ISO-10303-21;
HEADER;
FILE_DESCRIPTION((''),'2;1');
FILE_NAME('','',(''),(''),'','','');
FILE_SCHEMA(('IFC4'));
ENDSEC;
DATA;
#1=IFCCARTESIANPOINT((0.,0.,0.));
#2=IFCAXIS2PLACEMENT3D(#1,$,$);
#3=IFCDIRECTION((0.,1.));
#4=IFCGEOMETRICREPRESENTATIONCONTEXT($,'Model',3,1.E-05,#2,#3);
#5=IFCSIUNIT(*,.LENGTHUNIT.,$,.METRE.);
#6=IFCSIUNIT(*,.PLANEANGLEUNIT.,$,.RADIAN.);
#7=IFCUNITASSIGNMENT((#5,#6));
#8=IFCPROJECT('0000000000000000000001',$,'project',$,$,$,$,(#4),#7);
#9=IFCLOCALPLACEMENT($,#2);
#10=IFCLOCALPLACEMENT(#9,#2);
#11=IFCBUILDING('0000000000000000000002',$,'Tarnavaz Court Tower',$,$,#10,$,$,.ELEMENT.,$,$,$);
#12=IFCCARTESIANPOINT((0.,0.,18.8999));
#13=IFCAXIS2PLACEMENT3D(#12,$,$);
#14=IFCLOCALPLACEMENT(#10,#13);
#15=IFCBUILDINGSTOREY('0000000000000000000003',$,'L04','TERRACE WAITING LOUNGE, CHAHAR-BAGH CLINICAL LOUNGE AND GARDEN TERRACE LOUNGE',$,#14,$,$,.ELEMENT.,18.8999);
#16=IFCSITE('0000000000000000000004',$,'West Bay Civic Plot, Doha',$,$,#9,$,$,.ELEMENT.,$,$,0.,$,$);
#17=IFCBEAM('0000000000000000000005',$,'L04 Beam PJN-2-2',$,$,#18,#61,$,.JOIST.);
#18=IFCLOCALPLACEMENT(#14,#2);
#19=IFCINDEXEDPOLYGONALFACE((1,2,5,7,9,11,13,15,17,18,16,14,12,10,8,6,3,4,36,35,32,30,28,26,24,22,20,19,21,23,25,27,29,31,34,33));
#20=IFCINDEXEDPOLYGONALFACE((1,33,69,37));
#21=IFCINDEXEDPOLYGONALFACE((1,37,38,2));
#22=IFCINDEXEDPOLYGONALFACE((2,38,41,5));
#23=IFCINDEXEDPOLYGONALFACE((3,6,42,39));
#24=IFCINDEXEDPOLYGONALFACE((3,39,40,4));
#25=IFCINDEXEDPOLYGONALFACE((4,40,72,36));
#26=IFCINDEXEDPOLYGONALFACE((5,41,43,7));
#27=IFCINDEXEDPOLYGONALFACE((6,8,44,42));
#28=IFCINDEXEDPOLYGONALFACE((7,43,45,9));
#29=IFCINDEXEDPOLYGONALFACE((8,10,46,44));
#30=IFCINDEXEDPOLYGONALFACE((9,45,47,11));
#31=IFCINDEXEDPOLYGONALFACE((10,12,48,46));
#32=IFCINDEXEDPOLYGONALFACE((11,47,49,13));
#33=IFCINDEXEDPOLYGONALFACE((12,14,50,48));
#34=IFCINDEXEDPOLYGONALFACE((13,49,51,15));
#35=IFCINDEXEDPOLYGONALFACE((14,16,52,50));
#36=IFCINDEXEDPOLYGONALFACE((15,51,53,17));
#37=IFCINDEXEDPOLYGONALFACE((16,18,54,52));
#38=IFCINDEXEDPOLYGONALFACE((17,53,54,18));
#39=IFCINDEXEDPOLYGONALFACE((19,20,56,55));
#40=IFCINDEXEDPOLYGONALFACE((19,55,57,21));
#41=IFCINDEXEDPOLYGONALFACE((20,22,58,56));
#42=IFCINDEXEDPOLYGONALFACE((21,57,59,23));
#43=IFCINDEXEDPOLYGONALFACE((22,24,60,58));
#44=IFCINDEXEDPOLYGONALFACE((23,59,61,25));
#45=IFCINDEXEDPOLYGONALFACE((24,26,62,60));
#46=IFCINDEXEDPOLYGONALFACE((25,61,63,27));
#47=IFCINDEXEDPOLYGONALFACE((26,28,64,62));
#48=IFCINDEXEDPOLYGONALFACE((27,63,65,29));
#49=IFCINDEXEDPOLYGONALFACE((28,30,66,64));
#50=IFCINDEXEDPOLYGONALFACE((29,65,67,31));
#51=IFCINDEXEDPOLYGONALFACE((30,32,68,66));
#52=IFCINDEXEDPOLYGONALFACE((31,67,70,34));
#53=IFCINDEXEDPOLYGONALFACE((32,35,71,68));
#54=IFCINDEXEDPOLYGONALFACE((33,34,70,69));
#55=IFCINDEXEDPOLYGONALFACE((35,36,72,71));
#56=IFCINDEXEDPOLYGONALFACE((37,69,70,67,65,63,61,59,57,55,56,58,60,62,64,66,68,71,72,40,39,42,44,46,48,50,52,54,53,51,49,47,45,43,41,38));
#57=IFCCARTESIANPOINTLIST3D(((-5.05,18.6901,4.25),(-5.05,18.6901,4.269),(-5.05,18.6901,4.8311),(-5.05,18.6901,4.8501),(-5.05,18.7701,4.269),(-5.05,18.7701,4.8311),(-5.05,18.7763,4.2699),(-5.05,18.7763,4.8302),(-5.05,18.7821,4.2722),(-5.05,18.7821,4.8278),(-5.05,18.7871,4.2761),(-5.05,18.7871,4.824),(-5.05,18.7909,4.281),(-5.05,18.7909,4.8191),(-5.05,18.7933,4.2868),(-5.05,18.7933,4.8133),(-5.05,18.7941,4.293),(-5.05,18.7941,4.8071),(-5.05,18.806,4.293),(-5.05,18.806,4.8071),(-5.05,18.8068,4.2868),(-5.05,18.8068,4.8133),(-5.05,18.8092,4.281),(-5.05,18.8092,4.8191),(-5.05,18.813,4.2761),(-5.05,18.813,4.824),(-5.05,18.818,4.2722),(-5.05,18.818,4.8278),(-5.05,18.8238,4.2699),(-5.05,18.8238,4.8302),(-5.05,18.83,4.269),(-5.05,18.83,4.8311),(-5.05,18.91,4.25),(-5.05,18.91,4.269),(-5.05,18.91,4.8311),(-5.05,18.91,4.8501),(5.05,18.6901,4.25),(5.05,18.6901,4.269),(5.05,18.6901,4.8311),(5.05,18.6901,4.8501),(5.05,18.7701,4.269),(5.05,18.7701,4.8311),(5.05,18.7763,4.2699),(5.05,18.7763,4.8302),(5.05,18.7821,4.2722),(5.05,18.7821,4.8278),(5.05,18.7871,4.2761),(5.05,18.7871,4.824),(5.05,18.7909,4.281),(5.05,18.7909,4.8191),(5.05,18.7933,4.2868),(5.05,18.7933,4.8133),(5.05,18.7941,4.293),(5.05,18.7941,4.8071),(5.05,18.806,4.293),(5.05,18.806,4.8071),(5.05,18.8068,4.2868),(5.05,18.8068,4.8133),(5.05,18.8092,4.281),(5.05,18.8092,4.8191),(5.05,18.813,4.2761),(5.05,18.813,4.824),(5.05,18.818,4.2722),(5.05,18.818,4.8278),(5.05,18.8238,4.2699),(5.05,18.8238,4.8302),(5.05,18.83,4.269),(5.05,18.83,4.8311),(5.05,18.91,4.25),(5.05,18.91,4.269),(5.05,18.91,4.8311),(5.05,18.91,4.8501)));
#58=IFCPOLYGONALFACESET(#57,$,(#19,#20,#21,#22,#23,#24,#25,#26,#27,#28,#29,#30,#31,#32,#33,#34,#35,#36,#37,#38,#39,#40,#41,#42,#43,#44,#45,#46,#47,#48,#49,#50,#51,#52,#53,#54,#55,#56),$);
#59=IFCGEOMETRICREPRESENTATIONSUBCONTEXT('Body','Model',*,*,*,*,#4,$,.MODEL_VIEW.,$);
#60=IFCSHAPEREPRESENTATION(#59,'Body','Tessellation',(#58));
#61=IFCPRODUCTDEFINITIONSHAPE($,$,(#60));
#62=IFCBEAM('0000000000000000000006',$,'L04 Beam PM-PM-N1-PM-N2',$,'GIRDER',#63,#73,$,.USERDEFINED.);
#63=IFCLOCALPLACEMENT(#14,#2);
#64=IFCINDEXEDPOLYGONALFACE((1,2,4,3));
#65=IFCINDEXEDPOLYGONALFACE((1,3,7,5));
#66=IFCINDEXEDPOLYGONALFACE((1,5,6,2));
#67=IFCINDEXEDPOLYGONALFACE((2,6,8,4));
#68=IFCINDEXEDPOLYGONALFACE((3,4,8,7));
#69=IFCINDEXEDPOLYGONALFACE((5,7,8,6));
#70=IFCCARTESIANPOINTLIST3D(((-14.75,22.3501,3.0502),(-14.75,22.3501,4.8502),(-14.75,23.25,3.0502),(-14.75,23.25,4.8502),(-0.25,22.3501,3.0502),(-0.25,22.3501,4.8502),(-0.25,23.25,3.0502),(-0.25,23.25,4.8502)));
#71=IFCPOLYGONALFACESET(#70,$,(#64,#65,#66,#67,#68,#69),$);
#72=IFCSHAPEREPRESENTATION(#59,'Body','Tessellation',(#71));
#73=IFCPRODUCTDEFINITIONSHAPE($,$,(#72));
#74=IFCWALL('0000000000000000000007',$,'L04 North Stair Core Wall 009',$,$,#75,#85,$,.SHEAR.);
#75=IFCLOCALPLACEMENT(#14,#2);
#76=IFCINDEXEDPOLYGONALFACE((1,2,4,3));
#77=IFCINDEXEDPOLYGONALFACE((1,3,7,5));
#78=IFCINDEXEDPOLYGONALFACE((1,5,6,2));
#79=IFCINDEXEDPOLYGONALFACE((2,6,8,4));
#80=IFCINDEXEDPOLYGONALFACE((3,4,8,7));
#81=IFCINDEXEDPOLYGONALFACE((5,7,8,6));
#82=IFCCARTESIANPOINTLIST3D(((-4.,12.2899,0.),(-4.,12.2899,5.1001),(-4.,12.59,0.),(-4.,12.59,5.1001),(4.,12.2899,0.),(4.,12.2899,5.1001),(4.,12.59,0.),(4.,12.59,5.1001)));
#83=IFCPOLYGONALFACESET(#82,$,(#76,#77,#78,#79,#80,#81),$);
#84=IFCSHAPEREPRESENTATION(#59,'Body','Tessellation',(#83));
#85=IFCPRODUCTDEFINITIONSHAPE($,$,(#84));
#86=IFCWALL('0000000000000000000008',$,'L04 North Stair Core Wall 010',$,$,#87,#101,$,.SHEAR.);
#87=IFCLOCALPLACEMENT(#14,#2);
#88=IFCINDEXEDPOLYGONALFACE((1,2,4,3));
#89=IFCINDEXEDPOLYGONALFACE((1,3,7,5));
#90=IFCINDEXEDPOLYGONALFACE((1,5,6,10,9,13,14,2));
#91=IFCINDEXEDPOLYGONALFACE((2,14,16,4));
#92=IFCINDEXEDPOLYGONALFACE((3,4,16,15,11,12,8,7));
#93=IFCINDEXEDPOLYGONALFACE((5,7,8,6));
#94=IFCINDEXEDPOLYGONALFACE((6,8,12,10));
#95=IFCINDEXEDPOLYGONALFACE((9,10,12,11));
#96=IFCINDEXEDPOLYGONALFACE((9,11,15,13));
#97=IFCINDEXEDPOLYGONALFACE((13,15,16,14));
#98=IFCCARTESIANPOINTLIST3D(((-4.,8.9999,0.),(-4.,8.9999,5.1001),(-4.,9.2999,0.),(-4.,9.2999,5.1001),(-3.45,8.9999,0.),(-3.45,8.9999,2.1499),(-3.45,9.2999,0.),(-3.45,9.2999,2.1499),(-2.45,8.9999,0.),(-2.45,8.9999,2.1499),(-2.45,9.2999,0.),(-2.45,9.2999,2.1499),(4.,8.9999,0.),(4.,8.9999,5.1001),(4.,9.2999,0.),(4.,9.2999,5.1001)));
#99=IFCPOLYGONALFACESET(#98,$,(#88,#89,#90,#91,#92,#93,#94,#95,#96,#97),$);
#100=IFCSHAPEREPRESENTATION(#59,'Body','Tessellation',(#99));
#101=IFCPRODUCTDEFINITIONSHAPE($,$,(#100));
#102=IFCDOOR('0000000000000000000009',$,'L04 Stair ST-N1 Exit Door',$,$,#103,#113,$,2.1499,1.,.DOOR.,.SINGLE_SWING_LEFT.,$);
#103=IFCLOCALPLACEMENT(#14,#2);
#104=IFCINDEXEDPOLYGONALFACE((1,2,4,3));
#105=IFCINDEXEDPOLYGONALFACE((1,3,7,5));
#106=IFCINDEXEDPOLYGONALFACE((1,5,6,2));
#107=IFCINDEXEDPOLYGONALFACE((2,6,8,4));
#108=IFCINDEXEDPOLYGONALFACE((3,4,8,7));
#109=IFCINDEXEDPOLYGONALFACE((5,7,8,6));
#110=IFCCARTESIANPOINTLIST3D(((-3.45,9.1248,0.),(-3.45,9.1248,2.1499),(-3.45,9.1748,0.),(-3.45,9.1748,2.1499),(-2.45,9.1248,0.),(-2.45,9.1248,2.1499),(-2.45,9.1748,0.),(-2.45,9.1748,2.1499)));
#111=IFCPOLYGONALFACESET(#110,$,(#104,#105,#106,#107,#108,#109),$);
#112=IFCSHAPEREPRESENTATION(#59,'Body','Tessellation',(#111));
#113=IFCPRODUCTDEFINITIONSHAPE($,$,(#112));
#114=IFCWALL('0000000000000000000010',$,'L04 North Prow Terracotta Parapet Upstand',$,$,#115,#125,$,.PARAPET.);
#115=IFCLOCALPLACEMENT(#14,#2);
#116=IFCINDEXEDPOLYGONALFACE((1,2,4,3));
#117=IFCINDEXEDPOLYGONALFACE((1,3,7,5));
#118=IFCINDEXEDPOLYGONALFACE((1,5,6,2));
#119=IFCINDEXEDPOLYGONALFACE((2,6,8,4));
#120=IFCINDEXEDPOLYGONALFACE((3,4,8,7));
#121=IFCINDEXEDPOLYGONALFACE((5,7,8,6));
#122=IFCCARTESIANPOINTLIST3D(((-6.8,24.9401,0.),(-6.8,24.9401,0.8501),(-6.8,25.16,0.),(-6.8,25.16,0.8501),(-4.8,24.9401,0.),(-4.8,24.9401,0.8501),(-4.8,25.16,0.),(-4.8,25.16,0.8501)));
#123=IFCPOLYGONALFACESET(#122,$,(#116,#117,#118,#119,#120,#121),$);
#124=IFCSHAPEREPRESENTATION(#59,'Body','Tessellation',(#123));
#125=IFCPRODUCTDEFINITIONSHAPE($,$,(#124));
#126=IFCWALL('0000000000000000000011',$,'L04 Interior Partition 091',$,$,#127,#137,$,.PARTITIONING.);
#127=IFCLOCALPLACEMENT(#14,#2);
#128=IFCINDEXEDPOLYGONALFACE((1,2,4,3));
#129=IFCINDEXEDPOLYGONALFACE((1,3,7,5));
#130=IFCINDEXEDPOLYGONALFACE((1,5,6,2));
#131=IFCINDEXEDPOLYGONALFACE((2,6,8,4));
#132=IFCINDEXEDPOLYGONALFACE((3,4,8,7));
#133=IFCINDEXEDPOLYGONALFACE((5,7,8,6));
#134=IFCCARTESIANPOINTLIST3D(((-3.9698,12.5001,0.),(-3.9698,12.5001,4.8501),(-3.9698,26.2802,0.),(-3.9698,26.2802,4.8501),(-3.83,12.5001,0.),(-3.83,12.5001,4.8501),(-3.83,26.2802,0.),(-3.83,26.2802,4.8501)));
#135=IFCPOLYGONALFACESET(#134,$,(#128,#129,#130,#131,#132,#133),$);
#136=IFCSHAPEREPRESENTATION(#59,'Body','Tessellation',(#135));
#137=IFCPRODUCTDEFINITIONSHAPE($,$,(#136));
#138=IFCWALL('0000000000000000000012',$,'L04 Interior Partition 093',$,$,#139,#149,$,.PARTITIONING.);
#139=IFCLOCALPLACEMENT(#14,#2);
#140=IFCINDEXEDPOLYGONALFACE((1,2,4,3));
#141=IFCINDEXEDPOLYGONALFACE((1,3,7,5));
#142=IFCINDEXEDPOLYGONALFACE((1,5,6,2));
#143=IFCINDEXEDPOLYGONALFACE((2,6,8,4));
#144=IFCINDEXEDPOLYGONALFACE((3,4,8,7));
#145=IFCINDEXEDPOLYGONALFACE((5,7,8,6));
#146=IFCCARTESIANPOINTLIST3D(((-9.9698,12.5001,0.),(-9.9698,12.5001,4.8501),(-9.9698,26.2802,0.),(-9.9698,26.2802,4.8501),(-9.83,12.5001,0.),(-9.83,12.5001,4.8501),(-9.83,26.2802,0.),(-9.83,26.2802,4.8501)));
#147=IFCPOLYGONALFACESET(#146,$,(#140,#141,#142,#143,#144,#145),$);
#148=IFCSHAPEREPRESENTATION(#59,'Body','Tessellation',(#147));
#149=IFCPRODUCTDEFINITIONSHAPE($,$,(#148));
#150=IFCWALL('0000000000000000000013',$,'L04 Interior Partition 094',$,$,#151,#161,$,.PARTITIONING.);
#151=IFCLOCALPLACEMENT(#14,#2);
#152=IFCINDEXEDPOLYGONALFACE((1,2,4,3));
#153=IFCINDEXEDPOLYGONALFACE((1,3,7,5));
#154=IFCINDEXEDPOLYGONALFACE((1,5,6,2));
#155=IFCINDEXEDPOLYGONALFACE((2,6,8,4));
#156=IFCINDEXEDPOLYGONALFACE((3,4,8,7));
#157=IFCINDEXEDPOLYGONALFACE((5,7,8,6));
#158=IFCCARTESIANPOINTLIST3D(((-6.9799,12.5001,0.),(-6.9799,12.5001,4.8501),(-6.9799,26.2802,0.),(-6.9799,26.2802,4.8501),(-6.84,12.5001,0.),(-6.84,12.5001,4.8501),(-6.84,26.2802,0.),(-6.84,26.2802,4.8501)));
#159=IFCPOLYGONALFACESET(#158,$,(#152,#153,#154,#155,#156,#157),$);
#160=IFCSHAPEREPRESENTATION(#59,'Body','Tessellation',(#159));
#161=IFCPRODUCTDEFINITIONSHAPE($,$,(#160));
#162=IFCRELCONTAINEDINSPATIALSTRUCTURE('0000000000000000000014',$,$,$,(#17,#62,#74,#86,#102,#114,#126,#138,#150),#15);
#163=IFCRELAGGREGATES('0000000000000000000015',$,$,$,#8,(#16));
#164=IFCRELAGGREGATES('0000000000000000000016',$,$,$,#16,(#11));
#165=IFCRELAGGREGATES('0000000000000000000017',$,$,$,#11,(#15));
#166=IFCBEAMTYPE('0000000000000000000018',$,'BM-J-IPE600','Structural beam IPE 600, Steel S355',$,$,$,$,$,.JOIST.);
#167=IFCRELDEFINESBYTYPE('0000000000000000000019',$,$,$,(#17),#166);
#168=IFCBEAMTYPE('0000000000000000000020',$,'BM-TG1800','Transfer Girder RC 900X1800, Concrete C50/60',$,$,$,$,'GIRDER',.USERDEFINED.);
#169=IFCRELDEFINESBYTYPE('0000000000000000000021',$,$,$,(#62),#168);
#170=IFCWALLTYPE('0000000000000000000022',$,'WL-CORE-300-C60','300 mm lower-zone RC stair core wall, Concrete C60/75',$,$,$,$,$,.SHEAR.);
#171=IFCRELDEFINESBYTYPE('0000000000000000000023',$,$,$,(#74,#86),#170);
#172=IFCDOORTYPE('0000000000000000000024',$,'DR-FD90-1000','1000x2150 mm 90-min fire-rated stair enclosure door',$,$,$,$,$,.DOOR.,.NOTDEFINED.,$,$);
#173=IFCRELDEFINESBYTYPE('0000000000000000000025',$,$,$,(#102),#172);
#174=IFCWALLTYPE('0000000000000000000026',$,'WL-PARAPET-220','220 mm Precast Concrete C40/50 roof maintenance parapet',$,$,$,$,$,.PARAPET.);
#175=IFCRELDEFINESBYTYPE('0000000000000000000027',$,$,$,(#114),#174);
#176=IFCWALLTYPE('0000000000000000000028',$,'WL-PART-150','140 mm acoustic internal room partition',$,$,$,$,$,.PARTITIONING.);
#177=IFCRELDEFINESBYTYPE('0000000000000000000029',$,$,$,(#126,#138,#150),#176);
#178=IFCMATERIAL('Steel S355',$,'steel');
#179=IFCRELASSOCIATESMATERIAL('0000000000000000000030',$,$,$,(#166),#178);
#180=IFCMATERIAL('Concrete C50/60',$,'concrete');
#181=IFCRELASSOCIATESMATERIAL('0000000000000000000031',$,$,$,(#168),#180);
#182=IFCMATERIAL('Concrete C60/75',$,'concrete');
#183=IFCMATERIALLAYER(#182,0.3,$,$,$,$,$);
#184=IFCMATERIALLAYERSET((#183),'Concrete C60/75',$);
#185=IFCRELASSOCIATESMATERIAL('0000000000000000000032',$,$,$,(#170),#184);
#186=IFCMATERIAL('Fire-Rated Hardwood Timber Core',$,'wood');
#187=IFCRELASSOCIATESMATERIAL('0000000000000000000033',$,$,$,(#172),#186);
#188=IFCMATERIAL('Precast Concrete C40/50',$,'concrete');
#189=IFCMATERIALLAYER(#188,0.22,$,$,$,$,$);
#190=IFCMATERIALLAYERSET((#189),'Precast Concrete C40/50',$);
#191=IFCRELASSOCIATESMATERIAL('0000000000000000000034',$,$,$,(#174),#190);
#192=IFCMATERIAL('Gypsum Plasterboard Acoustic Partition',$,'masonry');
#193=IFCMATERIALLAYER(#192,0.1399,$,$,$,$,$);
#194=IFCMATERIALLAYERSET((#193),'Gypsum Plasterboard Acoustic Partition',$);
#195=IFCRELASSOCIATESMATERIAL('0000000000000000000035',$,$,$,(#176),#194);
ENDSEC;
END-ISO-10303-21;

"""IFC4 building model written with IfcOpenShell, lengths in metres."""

from ifc_helpers import new_model, si_unit, direction, frame, frame_2d, origin, origin_2d, place, context, subcontext, project, spatial, rectangle, i_section, extrude, material, layer, layer_set, material_profile, profile_set, type_object, element, fill, save


model = new_model("IFC4")

# Units and contexts
model_context = context("Model", 3, precision=1e-05, world=origin(), true_north=direction((0.0, 1.0)))
body_context = subcontext(model_context, "Body", "Model", "MODEL_VIEW")
ifc_project = project(units=[si_unit("LENGTHUNIT", "METRE"), si_unit("PLANEANGLEUNIT", "RADIAN")], contexts=[model_context])

# Site, building, storey
site_placement = place(None, origin())
site = spatial("IfcSite", under=ifc_project, at=site_placement, Name="West Bay Civic Plot, Doha", CompositionType="ELEMENT", RefElevation=0.0)
building_placement = place(site_placement, origin())
building = spatial("IfcBuilding", under=site, at=building_placement, Name="Tarnavaz Court Tower", CompositionType="ELEMENT")
storey_placement = place(building_placement, frame((0.0, 0.0, 18.8999)))
storey = spatial("IfcBuildingStorey", under=building, at=storey_placement, Name="L04", Description="TERRACE WAITING LOUNGE, CHAHAR-BAGH CLINICAL LOUNGE AND GARDEN TERRACE LOUNGE", CompositionType="ELEMENT", Elevation=18.8999)

# Shared definitions
ifc_material_1 = material(Name="Concrete C60/75", Category="concrete")

# Beams
ifc_material_2 = material(Name="Steel S355", Category="steel")
ifc_material_profile_1 = material_profile(ifc_material_2, i_section(OverallWidth=0.22, OverallDepth=0.6001, WebThickness=0.012, FlangeThickness=0.019, FilletRadius=0.0239, at=origin_2d()), Name="IPE 600")
ifc_profile_set_1 = profile_set([ifc_material_profile_1], Name="Steel S355")
beam_type_1 = type_object("IfcBeamType", Name="BM-J-IPE600", Description="Structural beam IPE 600, Steel S355", PredefinedType="JOIST", material=ifc_profile_set_1)
beam_1_placement = place(storey_placement, frame((-5.05, 18.8, 4.55), z_axis=(1.0, 0.0, 0.0), x_axis=(0.0, 1.0, 0.0)))
element("IfcBeam", 1, at=beam_1_placement, inside=storey, type_object=beam_type_1, Name="L04 Beam PJN-2-2", PredefinedType="JOIST", context=body_context, shape_type="SweptSolid", body=[
    extrude(i_section(OverallWidth=0.22, OverallDepth=0.6001, WebThickness=0.012, FlangeThickness=0.019, FilletRadius=0.0239, at=origin_2d()), origin(), (0.0, 0.0, 1.0), 10.1001),
])
ifc_material_3 = material(Name="Concrete C50/60", Category="concrete")
ifc_material_profile_2 = material_profile(ifc_material_3, rectangle(XDim=0.8999, YDim=1.8, at=origin_2d()), Name="RC 900X1800")
ifc_profile_set_2 = profile_set([ifc_material_profile_2], Name="Concrete C50/60")
beam_type_2 = type_object("IfcBeamType", Name="BM-TG1800", Description="Transfer Girder RC 900X1800, Concrete C50/60", ElementType="GIRDER", PredefinedType="USERDEFINED", material=ifc_profile_set_2)
beam_2_placement = place(storey_placement, frame((-14.75, 22.8, 3.9502), z_axis=(1.0, 0.0, 0.0), x_axis=(0.0, 1.0, 0.0)))
element("IfcBeam", 2, at=beam_2_placement, inside=storey, type_object=beam_type_2, Name="L04 Beam PM-PM-N1-PM-N2", ObjectType="GIRDER", PredefinedType="USERDEFINED", context=body_context, shape_type="SweptSolid", body=[
    extrude(rectangle(XDim=0.8999, YDim=1.8, at=origin_2d()), origin(), (0.0, 0.0, 1.0), 14.5),
])

# Wall
ifc_layer_1 = layer(ifc_material_1, 0.3)
ifc_layer_set_1 = layer_set([ifc_layer_1], Name="Concrete C60/75")
wall_type_1 = type_object("IfcWallType", Name="WL-CORE-300-C60", Description="300 mm lower-zone RC stair core wall, Concrete C60/75", PredefinedType="SHEAR", material=ifc_layer_set_1)
wall_1_placement = place(storey_placement, frame((-4.0, 12.4399, 0.0), z_axis=(0.0, 0.0, 1.0), x_axis=(1.0, 0.0, 0.0)))
element("IfcWall", 3, at=wall_1_placement, inside=storey, type_object=wall_type_1, Name="L04 North Stair Core Wall 009", PredefinedType="SHEAR", context=body_context, shape_type="SweptSolid", body=[
    extrude(rectangle(XDim=8.0, YDim=0.3, at=frame_2d((4.0, 0.0))), origin(), (0.0, 0.0, 1.0), 5.1001),
])

# Wall, opening, door
wall_2_placement = place(storey_placement, frame((-4.0, 9.1499, 0.0), z_axis=(0.0, 0.0, 1.0), x_axis=(1.0, 0.0, 0.0)))
wall_2 = element("IfcWall", 4, at=wall_2_placement, inside=storey, type_object=wall_type_1, Name="L04 North Stair Core Wall 010", PredefinedType="SHEAR", context=body_context, shape_type="SweptSolid", body=[
    extrude(rectangle(XDim=8.0, YDim=0.3, at=frame_2d((4.0, 0.0))), origin(), (0.0, 0.0, 1.0), 5.1001),
])
opening_placement = place(wall_2_placement, frame((0.55, 0.0, 0.0)))
opening = element("IfcOpeningElement", 5, at=opening_placement, cuts=wall_2, PredefinedType="OPENING", context=body_context, shape_type="SweptSolid", body=[
    extrude(rectangle(XDim=1.0, YDim=2.1499, at=frame_2d((0.5, 1.075))), frame((0.0, 0.1599, 0.0), z_axis=(0.0, -1.0, 0.0), x_axis=(1.0, 0.0, 0.0)), (0.0, 0.0, 1.0), 0.3201),
])
ifc_material_4 = material(Name="Fire-Rated Hardwood Timber Core", Category="wood")
door_type = type_object("IfcDoorType", Name="DR-FD90-1000", Description="1000x2150 mm 90-min fire-rated stair enclosure door", OperationType="NOTDEFINED", PredefinedType="DOOR", material=ifc_material_4)
door_placement = place(opening_placement, origin())
door = element("IfcDoor", 6, at=door_placement, inside=storey, type_object=door_type, Name="L04 Stair ST-N1 Exit Door", OperationType="SINGLE_SWING_LEFT", OverallHeight=2.1499, OverallWidth=1.0, PredefinedType="DOOR", context=body_context, shape_type="SweptSolid", body=[
    extrude(rectangle(XDim=1.0, YDim=2.1499, at=frame_2d((0.5, 1.075))), frame((0.0, 0.0249, 0.0), z_axis=(0.0, -1.0, 0.0), x_axis=(1.0, 0.0, 0.0)), (0.0, 0.0, 1.0), 0.05),
])
fill(opening, door)

# Walls
ifc_material_5 = material(Name="Precast Concrete C40/50", Category="concrete")
ifc_layer_2 = layer(ifc_material_5, 0.22)
ifc_layer_set_2 = layer_set([ifc_layer_2], Name="Precast Concrete C40/50")
wall_type_2 = type_object("IfcWallType", Name="WL-PARAPET-220", Description="220 mm Precast Concrete C40/50 roof maintenance parapet", PredefinedType="PARAPET", material=ifc_layer_set_2)
wall_3_placement = place(storey_placement, frame((-6.8, 25.05, 0.0), z_axis=(0.0, 0.0, 1.0), x_axis=(1.0, 0.0, 0.0)))
element("IfcWall", 7, at=wall_3_placement, inside=storey, type_object=wall_type_2, Name="L04 North Prow Terracotta Parapet Upstand", PredefinedType="PARAPET", context=body_context, shape_type="SweptSolid", body=[
    extrude(rectangle(XDim=2.0, YDim=0.22, at=frame_2d((1.0, 0.0))), origin(), (0.0, 0.0, 1.0), 0.8501),
])
ifc_material_6 = material(Name="Gypsum Plasterboard Acoustic Partition", Category="masonry")
ifc_layer_3 = layer(ifc_material_6, 0.1399)
ifc_layer_set_3 = layer_set([ifc_layer_3], Name="Gypsum Plasterboard Acoustic Partition")
wall_type_3 = type_object("IfcWallType", Name="WL-PART-150", Description="140 mm acoustic internal room partition", PredefinedType="PARTITIONING", material=ifc_layer_set_3)
for number, where, z_axis, x_axis, name in (
    (8, (-3.8999, 12.5, 0.0), (0.0, 0.0, 1.0), (0.0, 1.0, 0.0), "L04 Interior Partition 091"),
    (9, (-9.8999, 12.5, 0.0), (0.0, 0.0, 1.0), (0.0, 1.0, 0.0), "L04 Interior Partition 093"),
    (10, (-6.9099, 12.5, 0.0), (0.0, 0.0, 1.0), (0.0, 1.0, 0.0), "L04 Interior Partition 094"),
):
    element("IfcWall", number, at=place(storey_placement, frame(where, z_axis=z_axis, x_axis=x_axis)), inside=storey, type_object=wall_type_3, Name=name, PredefinedType="PARTITIONING", context=body_context, shape_type="SweptSolid", body=[
        extrude(rectangle(XDim=13.78, YDim=0.1399, at=frame_2d((6.8901, 0.0))), origin(), (0.0, 0.0, 1.0), 4.8501),
    ])

save(model, "model.ifc")
